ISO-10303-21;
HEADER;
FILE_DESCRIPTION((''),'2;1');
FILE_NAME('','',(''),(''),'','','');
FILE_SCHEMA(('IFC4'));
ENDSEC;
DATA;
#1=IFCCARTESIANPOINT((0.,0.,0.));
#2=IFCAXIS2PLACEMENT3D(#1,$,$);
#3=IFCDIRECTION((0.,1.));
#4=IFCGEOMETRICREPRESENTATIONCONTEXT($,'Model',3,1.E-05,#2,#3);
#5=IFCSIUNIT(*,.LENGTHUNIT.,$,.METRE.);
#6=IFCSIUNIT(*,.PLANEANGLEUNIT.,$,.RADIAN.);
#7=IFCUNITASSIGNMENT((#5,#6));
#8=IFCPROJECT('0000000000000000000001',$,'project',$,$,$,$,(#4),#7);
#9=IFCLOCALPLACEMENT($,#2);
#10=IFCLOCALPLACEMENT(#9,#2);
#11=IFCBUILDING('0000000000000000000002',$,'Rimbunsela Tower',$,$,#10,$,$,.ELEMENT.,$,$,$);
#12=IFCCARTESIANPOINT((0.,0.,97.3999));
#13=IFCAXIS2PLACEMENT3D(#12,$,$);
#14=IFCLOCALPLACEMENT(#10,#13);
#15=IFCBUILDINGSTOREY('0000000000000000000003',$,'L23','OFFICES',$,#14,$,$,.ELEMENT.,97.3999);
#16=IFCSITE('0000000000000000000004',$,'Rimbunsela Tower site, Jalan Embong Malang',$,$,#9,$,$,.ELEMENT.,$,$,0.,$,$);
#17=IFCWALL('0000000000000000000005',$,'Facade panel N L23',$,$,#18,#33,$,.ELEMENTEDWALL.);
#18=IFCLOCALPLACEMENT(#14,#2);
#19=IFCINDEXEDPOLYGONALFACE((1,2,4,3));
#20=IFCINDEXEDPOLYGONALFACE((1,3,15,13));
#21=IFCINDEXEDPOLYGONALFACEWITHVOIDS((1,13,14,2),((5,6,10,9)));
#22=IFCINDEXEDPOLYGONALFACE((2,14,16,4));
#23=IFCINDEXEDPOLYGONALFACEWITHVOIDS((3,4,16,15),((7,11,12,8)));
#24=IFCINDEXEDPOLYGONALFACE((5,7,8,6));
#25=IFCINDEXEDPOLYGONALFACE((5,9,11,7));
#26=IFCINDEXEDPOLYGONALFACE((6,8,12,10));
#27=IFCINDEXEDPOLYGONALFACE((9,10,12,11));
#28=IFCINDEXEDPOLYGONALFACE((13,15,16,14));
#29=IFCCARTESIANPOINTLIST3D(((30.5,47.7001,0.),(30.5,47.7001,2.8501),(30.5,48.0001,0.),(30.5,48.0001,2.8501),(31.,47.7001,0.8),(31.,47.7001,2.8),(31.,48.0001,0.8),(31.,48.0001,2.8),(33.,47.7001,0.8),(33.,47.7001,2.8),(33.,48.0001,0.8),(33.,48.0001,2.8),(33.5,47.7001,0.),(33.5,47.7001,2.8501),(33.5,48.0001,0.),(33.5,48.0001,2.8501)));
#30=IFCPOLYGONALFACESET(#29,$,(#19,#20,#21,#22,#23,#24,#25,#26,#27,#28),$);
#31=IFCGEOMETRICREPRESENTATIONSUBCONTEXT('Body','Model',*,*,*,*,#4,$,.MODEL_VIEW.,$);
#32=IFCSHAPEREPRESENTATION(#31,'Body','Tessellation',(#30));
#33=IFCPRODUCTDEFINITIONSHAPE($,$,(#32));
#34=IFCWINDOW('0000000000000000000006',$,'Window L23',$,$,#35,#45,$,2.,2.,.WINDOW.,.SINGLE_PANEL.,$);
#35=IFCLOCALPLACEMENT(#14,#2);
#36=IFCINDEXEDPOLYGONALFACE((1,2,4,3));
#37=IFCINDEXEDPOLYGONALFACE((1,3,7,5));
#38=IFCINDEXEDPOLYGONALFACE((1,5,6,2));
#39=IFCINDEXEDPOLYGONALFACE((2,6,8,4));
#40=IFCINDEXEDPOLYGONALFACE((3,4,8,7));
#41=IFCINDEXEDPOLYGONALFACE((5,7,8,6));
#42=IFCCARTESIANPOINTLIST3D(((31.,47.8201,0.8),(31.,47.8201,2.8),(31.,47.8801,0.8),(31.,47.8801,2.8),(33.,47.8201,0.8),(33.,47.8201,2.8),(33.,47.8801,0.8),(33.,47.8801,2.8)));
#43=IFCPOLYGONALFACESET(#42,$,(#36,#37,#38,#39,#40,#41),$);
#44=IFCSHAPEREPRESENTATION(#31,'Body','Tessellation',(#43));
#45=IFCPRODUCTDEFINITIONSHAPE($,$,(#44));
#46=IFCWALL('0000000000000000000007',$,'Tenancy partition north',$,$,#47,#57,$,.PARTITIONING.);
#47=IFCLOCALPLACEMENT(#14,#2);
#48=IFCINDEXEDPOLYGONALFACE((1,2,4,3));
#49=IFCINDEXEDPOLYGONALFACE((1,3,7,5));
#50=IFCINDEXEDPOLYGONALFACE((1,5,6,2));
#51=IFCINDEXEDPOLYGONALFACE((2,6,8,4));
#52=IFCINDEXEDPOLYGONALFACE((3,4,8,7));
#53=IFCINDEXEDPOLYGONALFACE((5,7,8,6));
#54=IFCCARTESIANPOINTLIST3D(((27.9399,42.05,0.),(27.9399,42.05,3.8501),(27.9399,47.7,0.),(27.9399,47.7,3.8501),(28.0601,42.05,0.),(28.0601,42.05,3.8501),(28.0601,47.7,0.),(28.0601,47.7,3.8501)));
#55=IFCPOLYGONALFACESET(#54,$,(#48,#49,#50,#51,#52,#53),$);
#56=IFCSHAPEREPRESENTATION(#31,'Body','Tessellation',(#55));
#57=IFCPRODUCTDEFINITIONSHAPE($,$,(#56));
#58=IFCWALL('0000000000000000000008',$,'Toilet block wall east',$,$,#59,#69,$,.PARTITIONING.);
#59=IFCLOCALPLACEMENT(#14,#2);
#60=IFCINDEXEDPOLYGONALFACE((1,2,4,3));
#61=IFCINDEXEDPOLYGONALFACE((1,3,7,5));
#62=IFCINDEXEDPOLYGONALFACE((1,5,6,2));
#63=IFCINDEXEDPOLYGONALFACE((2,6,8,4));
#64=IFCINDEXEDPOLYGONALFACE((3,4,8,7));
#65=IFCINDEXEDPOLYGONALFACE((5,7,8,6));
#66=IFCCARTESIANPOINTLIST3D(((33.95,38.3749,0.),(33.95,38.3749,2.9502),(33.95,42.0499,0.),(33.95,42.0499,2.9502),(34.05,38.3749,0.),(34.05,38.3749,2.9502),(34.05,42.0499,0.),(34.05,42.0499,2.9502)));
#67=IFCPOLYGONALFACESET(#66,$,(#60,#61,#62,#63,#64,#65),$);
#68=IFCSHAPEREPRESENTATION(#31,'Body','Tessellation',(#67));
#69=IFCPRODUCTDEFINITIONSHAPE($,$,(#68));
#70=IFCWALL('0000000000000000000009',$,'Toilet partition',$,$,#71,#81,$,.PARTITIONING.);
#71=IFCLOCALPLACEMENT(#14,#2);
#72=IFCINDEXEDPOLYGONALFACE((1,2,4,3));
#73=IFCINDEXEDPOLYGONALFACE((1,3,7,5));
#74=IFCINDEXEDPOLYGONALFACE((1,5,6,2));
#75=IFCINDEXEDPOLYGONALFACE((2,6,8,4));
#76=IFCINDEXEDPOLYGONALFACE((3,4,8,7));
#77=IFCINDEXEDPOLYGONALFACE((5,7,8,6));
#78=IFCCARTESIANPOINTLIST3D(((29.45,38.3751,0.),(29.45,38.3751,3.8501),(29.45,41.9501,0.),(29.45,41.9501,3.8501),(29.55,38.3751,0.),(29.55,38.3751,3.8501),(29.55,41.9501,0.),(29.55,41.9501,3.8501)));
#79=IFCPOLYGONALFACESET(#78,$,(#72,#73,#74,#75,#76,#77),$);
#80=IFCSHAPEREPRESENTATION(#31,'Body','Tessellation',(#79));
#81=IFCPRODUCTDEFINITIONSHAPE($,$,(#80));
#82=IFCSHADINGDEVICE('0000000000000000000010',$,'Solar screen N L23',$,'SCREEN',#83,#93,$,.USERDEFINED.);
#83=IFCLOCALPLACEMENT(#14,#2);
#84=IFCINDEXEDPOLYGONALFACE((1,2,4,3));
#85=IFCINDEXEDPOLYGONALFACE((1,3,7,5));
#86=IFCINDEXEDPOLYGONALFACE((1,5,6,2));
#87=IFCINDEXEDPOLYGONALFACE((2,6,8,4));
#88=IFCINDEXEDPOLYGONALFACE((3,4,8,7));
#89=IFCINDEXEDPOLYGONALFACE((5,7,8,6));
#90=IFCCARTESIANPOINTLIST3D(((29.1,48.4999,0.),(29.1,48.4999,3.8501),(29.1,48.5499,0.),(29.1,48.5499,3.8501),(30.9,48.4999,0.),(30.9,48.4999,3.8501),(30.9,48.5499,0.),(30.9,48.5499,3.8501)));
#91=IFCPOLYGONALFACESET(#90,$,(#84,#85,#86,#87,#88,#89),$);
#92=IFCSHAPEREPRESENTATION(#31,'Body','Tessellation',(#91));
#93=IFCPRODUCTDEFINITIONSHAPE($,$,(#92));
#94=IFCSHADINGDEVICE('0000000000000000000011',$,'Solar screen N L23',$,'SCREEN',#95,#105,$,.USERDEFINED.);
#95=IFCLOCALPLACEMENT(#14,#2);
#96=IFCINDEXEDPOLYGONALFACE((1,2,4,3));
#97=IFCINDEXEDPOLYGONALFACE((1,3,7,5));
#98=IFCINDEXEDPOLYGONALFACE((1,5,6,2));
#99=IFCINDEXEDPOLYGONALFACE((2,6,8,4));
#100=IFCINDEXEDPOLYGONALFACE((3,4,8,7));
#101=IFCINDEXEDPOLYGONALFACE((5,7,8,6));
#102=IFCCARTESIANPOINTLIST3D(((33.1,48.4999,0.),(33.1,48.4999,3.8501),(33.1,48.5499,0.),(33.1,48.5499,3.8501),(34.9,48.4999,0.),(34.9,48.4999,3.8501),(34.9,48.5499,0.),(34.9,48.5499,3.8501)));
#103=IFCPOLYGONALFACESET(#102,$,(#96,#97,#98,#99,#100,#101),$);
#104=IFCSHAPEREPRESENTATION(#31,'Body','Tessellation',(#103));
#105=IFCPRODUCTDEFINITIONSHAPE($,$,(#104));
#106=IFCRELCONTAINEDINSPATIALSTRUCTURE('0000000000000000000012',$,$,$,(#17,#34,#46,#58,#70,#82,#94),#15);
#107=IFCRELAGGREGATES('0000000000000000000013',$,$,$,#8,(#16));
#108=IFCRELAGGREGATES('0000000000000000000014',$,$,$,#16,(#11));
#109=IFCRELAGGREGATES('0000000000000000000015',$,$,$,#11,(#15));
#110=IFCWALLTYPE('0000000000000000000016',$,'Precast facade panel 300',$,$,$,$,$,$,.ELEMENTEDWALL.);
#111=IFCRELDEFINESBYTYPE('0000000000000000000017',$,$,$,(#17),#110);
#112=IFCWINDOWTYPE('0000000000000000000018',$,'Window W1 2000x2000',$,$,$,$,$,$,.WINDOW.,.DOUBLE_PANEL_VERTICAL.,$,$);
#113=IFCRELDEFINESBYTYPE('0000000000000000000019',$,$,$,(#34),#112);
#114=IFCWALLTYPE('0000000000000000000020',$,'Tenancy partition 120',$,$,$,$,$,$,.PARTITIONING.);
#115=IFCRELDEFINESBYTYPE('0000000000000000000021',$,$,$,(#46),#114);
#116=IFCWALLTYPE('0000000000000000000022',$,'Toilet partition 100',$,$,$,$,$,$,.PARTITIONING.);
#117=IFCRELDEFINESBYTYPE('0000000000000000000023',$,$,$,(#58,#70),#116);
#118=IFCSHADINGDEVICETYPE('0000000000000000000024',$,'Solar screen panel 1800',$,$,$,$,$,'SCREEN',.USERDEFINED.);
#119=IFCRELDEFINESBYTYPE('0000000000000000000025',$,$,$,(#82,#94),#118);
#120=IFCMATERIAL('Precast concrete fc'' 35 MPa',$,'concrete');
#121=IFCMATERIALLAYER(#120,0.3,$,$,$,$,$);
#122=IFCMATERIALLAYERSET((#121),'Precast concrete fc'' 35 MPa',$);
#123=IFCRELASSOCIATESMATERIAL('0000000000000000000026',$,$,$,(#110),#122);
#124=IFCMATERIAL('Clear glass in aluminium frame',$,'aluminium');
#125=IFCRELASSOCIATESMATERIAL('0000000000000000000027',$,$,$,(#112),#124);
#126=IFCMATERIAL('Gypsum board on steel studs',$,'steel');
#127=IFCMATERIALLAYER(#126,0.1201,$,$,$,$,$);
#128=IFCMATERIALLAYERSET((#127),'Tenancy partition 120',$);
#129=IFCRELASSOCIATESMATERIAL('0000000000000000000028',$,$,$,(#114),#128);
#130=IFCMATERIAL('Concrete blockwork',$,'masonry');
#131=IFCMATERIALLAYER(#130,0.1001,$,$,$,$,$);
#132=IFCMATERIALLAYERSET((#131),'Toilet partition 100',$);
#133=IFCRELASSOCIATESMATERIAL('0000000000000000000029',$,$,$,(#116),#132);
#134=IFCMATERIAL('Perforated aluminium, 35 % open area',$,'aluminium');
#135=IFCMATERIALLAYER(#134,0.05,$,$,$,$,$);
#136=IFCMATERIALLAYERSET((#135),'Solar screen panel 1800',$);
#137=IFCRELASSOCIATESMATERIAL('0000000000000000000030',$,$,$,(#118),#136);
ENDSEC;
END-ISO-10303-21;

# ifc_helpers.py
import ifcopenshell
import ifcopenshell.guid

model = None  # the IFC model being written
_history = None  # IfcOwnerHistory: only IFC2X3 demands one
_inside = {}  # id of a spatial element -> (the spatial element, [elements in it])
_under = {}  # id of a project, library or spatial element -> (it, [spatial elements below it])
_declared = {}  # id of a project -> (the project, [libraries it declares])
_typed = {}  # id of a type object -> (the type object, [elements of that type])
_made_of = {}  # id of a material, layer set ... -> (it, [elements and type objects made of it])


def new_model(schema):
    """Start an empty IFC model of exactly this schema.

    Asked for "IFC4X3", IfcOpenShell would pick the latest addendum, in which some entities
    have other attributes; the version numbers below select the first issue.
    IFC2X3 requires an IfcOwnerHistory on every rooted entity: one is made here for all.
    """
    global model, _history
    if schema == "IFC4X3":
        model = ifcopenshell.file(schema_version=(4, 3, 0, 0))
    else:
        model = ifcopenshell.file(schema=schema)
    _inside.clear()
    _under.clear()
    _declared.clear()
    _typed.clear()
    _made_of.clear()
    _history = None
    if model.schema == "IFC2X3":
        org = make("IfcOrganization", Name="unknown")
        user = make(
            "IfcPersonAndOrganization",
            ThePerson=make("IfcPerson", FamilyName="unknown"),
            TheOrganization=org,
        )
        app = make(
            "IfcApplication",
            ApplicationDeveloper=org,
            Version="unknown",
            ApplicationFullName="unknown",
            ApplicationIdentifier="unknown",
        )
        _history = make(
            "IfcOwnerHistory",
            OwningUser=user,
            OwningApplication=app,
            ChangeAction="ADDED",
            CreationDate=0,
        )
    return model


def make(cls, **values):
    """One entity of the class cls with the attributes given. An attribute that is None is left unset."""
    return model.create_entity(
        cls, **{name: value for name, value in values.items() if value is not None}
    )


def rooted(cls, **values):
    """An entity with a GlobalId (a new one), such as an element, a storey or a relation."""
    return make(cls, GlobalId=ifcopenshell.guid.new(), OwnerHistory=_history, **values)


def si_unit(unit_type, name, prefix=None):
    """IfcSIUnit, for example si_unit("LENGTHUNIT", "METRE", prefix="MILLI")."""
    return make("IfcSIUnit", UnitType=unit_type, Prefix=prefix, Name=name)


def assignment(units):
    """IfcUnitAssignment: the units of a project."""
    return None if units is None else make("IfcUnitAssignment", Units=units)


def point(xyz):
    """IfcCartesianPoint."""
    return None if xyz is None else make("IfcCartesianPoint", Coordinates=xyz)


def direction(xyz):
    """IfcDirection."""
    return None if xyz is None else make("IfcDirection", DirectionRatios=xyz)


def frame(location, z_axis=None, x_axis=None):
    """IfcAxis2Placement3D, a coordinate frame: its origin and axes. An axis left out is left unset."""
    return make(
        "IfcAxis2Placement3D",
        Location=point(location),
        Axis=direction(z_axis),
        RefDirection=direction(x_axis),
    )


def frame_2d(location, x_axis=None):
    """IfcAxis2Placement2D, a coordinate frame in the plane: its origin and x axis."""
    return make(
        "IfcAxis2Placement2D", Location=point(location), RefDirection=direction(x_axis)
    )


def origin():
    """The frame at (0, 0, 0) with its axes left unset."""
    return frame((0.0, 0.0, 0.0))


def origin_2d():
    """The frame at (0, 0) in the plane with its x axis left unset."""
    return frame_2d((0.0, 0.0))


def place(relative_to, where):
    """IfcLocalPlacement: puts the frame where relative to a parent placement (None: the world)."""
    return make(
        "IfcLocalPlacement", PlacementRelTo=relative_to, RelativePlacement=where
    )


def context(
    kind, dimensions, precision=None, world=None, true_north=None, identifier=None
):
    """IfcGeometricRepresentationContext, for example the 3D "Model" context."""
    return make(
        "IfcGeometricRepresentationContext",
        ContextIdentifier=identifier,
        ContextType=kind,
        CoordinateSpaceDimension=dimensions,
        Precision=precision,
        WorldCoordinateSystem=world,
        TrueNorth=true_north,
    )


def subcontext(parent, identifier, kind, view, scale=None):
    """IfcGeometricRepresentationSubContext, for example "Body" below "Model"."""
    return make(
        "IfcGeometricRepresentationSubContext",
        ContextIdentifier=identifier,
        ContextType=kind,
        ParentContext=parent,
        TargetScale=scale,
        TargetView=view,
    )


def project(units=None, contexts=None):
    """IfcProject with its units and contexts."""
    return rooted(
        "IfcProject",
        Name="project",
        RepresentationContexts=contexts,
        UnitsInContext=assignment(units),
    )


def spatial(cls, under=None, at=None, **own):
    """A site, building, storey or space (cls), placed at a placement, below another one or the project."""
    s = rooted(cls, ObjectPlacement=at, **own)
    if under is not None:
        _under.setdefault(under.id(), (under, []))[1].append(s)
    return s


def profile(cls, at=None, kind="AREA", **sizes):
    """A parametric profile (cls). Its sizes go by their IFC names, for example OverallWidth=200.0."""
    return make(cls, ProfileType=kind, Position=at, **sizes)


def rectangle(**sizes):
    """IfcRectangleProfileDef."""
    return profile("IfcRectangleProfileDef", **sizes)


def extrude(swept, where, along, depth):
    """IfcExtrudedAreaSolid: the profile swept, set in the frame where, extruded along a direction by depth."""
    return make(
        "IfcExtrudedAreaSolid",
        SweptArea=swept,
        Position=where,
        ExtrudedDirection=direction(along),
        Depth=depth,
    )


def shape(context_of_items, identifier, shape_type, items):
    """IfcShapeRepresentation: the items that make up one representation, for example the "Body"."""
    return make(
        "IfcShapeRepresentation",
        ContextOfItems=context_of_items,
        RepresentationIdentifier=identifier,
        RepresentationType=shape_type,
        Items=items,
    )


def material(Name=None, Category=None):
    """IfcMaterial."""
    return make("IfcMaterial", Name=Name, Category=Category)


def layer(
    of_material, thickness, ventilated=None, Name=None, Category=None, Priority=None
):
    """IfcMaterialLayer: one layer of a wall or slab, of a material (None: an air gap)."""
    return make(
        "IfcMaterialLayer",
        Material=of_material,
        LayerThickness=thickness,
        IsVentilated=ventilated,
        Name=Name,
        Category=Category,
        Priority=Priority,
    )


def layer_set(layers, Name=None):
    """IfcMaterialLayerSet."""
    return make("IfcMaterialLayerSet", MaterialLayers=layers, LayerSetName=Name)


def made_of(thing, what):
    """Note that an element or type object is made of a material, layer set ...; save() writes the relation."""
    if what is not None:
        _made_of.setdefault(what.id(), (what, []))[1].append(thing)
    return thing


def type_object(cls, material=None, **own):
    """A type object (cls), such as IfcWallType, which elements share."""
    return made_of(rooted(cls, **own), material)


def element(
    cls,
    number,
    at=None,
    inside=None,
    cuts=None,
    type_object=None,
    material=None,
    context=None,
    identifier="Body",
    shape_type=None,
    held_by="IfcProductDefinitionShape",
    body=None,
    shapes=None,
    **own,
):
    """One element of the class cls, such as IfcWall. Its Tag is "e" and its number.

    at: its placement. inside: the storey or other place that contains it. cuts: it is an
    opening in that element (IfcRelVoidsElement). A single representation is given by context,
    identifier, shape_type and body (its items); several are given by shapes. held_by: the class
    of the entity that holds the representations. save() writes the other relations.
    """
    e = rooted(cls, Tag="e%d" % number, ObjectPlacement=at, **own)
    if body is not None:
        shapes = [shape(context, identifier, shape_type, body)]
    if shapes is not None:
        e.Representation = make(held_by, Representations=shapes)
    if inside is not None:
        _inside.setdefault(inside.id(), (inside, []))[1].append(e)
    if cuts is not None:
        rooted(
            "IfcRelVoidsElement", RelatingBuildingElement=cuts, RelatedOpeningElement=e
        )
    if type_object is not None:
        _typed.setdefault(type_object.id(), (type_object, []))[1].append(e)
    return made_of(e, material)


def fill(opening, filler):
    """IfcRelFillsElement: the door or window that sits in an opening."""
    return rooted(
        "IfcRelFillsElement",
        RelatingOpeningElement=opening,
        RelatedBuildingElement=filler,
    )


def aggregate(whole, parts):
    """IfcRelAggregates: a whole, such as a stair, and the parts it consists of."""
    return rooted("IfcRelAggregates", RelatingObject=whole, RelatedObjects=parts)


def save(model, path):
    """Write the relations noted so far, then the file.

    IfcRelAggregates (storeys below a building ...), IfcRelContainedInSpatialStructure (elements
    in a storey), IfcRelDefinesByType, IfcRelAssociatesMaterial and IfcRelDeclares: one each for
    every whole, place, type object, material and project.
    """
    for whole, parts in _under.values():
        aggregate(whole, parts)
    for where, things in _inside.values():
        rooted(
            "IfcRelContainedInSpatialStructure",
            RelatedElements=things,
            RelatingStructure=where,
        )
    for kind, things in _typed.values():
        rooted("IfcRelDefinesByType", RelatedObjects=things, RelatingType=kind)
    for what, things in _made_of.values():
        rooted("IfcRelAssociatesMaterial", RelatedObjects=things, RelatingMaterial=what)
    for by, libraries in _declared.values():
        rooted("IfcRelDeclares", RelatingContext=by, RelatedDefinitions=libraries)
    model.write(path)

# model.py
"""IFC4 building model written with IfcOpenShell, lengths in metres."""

from ifc_helpers import new_model, si_unit, direction, frame, frame_2d, origin, origin_2d, place, context, subcontext, project, spatial, rectangle, extrude, material, layer, layer_set, type_object, element, fill, save


model = new_model("IFC4")

# Units and contexts
model_context = context("Model", 3, precision=1e-05, world=origin(), true_north=direction((0.0, 1.0)))
body_context = subcontext(model_context, "Body", "Model", "MODEL_VIEW")
ifc_project = project(units=[si_unit("LENGTHUNIT", "METRE"), si_unit("PLANEANGLEUNIT", "RADIAN")], contexts=[model_context])

# Site, building, storey
site_placement = place(None, origin())
site = spatial("IfcSite", under=ifc_project, at=site_placement, Name="Rimbunsela Tower site, Jalan Embong Malang", CompositionType="ELEMENT", RefElevation=0.0)
building_placement = place(site_placement, origin())
building = spatial("IfcBuilding", under=site, at=building_placement, Name="Rimbunsela Tower", CompositionType="ELEMENT")
storey_placement = place(building_placement, frame((0.0, 0.0, 97.3999)))
storey = spatial("IfcBuildingStorey", under=building, at=storey_placement, Name="L23", Description="OFFICES", CompositionType="ELEMENT", Elevation=97.3999)

# Shared definitions
ifc_material_1 = material(Name="Precast concrete fc' 35 MPa", Category="concrete")
ifc_layer_1 = layer(ifc_material_1, 0.3)
ifc_layer_set_1 = layer_set([ifc_layer_1], Name="Precast concrete fc' 35 MPa")
wall_type_1 = type_object("IfcWallType", Name="Precast facade panel 300", PredefinedType="ELEMENTEDWALL", material=ifc_layer_set_1)

# Wall, opening, window
wall_1_placement = place(storey_placement, frame((33.5, 47.8501, 0.0), z_axis=(0.0, 0.0, 1.0), x_axis=(-1.0, 0.0, 0.0)))
wall_1 = element("IfcWall", 1, at=wall_1_placement, inside=storey, type_object=wall_type_1, Name="Facade panel N L23", PredefinedType="ELEMENTEDWALL", context=body_context, shape_type="SweptSolid", body=[
    extrude(rectangle(XDim=3.0, YDim=0.3, at=frame_2d((1.5, 0.0))), origin(), (0.0, 0.0, 1.0), 2.8501),
])
opening_1_placement = place(wall_1_placement, frame((0.5, 0.0, 0.8)))
opening_1 = element("IfcOpeningElement", 2, at=opening_1_placement, cuts=wall_1, PredefinedType="OPENING", context=body_context, shape_type="SweptSolid", body=[
    extrude(rectangle(XDim=2.0, YDim=2.0, at=frame_2d((1.0, 1.0))), frame((0.0, 0.1599, 0.0), z_axis=(0.0, -1.0, 0.0), x_axis=(1.0, 0.0, 0.0)), (0.0, 0.0, 1.0), 0.3201),
])
ifc_material_2 = material(Name="Clear glass in aluminium frame", Category="aluminium")
window_type_1 = type_object("IfcWindowType", Name="Window W1 2000x2000", PartitioningType="DOUBLE_PANEL_VERTICAL", PredefinedType="WINDOW", material=ifc_material_2)
window_1_placement = place(opening_1_placement, origin())
window_1 = element("IfcWindow", 3, at=window_1_placement, inside=storey, type_object=window_type_1, Name="Window L23", OverallHeight=2.0, OverallWidth=2.0, PartitioningType="SINGLE_PANEL", PredefinedType="WINDOW", context=body_context, shape_type="SweptSolid", body=[
    extrude(rectangle(XDim=2.0, YDim=2.0, at=frame_2d((1.0, 1.0))), frame((0.0, 0.03, 0.0), z_axis=(0.0, -1.0, 0.0), x_axis=(1.0, 0.0, 0.0)), (0.0, 0.0, 1.0), 0.0601),
])
fill(opening_1, window_1)

# Walls
ifc_material_3 = material(Name="Gypsum board on steel studs", Category="steel")
ifc_layer_2 = layer(ifc_material_3, 0.1201)
ifc_layer_set_2 = layer_set([ifc_layer_2], Name="Tenancy partition 120")
wall_type_2 = type_object("IfcWallType", Name="Tenancy partition 120", PredefinedType="PARTITIONING", material=ifc_layer_set_2)
wall_2_placement = place(storey_placement, frame((28.0, 42.05, 0.0), z_axis=(0.0, 0.0, 1.0), x_axis=(0.0, 1.0, 0.0)))
element("IfcWall", 4, at=wall_2_placement, inside=storey, type_object=wall_type_2, Name="Tenancy partition north", PredefinedType="PARTITIONING", context=body_context, shape_type="SweptSolid", body=[
    extrude(rectangle(XDim=5.6499, YDim=0.1201, at=frame_2d((2.825, 0.0))), origin(), (0.0, 0.0, 1.0), 3.8501),
])
ifc_material_4 = material(Name="Concrete blockwork", Category="masonry")
ifc_layer_3 = layer(ifc_material_4, 0.1001)
ifc_layer_set_3 = layer_set([ifc_layer_3], Name="Toilet partition 100")
wall_type_3 = type_object("IfcWallType", Name="Toilet partition 100", PredefinedType="PARTITIONING", material=ifc_layer_set_3)
wall_3_placement = place(storey_placement, frame((34.0, 38.375, 0.0), z_axis=(0.0, 0.0, 1.0), x_axis=(0.0, 1.0, 0.0)))
element("IfcWall", 5, at=wall_3_placement, inside=storey, type_object=wall_type_3, Name="Toilet block wall east", PredefinedType="PARTITIONING", context=body_context, shape_type="SweptSolid", body=[
    extrude(rectangle(XDim=3.675, YDim=0.1001, at=frame_2d((1.8374, 0.0))), origin(), (0.0, 0.0, 1.0), 2.9502),
])
wall_4_placement = place(storey_placement, frame((29.5, 38.375, 0.0), z_axis=(0.0, 0.0, 1.0), x_axis=(0.0, 1.0, 0.0)))
element("IfcWall", 6, at=wall_4_placement, inside=storey, type_object=wall_type_3, Name="Toilet partition", PredefinedType="PARTITIONING", context=body_context, shape_type="SweptSolid", body=[
    extrude(rectangle(XDim=3.575, YDim=0.1001, at=frame_2d((1.7876, 0.0))), origin(), (0.0, 0.0, 1.0), 3.8501),
])

# Shading devices
ifc_material_5 = material(Name="Perforated aluminium, 35 % open area", Category="aluminium")
ifc_layer_4 = layer(ifc_material_5, 0.05)
ifc_layer_set_4 = layer_set([ifc_layer_4], Name="Solar screen panel 1800")
shading_device_type = type_object("IfcShadingDeviceType", Name="Solar screen panel 1800", ElementType="SCREEN", PredefinedType="USERDEFINED", material=ifc_layer_set_4)
for number, where, z_axis, x_axis, name in (
    (7, (30.0, 48.5249, 0.0), (0.0, 0.0, 1.0), (1.0, 0.0, 0.0), "Solar screen N L23"),
    (8, (34.0, 48.5249, 0.0), (0.0, 0.0, 1.0), (1.0, 0.0, 0.0), "Solar screen N L23"),
):
    element("IfcShadingDevice", number, at=place(storey_placement, frame(where, z_axis=z_axis, x_axis=x_axis)), inside=storey, type_object=shading_device_type, Name=name, ObjectType="SCREEN", PredefinedType="USERDEFINED", context=body_context, shape_type="SweptSolid", body=[
        extrude(rectangle(XDim=1.8, YDim=0.05, at=origin_2d()), origin(), (0.0, 0.0, 1.0), 3.8501),
    ])

save(model, "model.ifc")
